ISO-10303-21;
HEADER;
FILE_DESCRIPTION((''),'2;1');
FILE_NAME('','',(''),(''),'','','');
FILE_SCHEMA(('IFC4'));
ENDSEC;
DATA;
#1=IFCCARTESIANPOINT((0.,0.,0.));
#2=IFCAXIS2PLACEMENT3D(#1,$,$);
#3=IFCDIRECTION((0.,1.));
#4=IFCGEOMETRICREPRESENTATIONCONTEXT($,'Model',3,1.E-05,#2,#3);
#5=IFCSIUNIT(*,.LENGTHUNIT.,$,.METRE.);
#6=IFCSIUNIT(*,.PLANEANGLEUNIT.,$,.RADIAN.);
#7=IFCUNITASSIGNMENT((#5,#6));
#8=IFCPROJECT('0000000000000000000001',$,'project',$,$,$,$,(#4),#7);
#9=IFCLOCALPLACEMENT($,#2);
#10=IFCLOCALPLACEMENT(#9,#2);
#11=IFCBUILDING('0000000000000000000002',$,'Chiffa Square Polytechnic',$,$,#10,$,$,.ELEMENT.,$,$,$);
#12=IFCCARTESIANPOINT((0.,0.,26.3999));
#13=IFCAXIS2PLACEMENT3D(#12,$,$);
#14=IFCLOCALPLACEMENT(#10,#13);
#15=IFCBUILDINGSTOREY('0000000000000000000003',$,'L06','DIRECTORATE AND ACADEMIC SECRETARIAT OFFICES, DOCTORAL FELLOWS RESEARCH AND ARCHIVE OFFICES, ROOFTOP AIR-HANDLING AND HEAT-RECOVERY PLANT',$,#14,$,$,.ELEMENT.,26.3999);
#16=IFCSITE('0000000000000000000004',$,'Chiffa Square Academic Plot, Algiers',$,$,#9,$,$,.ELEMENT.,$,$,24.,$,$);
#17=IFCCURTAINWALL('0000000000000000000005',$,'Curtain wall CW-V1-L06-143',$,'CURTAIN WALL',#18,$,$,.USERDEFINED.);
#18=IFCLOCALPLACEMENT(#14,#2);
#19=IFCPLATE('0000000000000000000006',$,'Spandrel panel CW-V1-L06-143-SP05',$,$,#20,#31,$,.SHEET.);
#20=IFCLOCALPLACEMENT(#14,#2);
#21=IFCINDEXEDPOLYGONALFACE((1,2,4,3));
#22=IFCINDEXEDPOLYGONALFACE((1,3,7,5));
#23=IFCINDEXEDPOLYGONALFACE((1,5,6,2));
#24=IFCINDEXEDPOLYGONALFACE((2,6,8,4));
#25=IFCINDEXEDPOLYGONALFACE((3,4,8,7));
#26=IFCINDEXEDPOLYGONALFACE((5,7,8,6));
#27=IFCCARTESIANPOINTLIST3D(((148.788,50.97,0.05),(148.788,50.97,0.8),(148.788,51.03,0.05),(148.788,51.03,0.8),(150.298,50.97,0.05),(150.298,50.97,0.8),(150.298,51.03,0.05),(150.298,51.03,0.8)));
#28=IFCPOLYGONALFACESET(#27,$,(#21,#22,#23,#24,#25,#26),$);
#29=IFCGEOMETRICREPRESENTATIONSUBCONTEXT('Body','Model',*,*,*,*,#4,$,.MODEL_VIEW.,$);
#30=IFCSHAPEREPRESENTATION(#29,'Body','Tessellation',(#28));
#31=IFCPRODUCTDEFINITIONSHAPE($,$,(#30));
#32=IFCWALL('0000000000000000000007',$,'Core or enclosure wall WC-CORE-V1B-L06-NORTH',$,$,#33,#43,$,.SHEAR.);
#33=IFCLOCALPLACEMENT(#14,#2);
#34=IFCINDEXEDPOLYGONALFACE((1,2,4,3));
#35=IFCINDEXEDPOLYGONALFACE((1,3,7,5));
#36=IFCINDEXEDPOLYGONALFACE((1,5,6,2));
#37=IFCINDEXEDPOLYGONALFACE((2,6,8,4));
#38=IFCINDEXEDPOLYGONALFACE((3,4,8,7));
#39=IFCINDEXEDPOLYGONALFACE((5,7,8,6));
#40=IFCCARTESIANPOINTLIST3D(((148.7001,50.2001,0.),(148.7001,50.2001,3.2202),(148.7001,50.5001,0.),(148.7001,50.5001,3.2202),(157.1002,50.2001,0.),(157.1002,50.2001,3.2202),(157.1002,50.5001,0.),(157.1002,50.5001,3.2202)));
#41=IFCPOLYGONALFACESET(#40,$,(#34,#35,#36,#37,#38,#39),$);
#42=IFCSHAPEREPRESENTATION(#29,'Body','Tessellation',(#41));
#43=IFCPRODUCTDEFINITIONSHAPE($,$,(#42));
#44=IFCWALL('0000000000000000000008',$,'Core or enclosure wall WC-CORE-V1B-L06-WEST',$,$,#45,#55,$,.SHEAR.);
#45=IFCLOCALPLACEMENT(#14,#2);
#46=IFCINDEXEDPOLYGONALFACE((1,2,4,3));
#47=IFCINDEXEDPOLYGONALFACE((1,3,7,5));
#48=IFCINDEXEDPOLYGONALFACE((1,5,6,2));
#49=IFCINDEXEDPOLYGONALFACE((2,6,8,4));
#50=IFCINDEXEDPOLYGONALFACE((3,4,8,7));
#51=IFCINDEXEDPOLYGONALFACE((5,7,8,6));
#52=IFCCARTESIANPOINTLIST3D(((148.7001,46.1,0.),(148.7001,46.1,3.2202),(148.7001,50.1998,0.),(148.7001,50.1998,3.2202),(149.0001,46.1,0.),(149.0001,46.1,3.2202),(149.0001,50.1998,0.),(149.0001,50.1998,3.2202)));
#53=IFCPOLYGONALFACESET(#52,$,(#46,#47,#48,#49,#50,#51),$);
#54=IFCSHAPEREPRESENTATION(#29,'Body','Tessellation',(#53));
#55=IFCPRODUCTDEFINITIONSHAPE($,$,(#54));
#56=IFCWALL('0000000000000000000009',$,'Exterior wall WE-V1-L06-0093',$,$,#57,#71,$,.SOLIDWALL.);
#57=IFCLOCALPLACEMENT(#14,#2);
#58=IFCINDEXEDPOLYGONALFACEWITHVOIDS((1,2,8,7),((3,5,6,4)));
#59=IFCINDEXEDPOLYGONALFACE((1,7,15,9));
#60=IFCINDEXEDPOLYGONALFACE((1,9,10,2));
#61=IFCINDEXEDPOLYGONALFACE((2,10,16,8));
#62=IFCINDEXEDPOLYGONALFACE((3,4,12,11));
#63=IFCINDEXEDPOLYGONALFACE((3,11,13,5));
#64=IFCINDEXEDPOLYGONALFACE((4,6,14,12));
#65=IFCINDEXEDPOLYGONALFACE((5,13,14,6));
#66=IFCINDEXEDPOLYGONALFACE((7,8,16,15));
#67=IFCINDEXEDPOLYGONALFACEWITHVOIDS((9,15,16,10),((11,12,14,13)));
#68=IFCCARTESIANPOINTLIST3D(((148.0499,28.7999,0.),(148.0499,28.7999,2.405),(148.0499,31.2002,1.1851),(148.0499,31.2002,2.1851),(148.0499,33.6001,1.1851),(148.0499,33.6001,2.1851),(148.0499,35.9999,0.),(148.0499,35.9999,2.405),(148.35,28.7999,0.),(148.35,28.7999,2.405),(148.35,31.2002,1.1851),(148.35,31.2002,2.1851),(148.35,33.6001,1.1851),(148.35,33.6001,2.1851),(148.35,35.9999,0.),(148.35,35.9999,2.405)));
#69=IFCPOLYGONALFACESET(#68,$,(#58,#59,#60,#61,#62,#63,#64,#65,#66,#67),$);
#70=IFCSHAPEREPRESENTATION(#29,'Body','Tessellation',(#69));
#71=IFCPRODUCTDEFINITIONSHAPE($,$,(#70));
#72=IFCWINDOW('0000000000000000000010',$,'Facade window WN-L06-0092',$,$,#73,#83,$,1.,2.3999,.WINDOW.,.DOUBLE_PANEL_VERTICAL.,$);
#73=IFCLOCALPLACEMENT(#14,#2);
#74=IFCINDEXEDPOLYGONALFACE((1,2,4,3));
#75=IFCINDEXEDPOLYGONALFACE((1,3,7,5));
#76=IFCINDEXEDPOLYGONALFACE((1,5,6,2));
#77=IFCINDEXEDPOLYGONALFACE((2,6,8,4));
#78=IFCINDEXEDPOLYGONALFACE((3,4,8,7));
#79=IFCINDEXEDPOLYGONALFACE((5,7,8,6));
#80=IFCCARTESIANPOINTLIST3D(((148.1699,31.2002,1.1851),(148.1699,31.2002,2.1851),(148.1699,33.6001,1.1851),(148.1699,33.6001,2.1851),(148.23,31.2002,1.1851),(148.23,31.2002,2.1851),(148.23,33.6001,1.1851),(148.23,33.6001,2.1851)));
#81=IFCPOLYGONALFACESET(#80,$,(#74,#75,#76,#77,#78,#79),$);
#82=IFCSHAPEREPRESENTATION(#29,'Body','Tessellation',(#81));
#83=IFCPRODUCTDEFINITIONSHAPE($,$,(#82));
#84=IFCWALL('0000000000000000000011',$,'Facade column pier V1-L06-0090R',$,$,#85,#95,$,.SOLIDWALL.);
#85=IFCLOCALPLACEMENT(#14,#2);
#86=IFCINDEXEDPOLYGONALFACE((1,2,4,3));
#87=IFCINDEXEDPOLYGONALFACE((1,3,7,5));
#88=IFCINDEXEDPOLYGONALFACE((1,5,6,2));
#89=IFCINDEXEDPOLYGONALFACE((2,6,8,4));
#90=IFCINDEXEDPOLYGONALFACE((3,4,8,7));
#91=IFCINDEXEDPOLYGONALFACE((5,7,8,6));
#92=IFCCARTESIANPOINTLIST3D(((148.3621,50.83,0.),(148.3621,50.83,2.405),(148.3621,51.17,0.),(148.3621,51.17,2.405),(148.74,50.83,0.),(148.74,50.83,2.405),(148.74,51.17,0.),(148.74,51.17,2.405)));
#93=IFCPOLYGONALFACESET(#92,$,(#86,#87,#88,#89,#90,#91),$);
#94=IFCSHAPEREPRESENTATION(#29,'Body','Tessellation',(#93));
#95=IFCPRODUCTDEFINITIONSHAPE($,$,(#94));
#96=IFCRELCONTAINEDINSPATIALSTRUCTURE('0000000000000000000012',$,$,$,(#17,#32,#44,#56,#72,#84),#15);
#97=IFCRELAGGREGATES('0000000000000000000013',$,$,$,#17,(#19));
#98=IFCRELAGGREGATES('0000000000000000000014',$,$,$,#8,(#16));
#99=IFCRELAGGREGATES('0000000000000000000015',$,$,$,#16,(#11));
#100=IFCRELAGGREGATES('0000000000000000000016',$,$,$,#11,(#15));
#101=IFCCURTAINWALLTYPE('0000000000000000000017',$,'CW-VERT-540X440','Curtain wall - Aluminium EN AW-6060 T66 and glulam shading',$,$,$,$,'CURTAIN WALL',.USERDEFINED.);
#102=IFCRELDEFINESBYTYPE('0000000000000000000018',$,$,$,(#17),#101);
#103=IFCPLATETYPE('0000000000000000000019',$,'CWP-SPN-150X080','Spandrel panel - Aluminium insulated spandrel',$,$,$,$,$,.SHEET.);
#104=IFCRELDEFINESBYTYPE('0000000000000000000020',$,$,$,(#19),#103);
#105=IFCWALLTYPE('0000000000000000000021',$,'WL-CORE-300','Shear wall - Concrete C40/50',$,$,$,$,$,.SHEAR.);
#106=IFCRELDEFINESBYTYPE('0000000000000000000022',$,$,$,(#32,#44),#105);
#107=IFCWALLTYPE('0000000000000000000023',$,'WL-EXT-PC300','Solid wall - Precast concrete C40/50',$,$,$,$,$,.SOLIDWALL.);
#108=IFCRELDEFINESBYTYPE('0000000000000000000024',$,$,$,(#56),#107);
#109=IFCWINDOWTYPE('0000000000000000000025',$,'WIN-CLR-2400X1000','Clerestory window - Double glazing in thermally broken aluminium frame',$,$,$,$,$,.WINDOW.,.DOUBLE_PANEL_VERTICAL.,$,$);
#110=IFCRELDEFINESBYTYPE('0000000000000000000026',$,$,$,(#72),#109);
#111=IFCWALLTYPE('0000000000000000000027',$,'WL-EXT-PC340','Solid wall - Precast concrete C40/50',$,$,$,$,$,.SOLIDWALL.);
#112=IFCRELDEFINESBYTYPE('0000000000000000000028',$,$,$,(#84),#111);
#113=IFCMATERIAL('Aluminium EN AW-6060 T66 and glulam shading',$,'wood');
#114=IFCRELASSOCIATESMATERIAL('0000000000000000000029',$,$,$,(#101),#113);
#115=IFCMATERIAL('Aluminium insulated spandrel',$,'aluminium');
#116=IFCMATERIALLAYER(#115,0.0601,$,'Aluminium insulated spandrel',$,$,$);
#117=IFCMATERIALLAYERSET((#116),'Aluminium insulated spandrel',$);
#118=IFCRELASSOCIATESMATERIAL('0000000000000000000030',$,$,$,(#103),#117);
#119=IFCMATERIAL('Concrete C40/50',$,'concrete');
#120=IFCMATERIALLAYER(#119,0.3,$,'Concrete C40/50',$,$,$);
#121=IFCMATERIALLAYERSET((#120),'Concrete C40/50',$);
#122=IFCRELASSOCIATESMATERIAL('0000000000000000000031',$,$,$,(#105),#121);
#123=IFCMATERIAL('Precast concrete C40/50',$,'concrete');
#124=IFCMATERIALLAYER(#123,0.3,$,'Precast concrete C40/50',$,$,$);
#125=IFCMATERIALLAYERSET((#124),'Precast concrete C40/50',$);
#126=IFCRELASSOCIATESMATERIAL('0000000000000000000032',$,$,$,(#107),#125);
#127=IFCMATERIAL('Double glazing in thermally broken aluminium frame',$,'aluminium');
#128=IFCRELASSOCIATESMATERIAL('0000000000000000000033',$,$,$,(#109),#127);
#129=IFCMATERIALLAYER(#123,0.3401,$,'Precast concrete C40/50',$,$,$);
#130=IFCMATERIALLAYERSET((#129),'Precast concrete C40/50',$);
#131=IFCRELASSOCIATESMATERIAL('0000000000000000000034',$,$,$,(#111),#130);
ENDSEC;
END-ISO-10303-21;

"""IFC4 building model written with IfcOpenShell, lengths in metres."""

from ifc_helpers import new_model, si_unit, direction, frame, frame_2d, origin, origin_2d, place, context, subcontext, project, spatial, rectangle, extrude, material, layer, layer_set, type_object, element, fill, aggregate, save


model = new_model("IFC4")

# Units and contexts
model_context = context("Model", 3, precision=1e-05, world=origin(), true_north=direction((0.0, 1.0)))
body_context = subcontext(model_context, "Body", "Model", "MODEL_VIEW")
ifc_project = project(units=[si_unit("LENGTHUNIT", "METRE"), si_unit("PLANEANGLEUNIT", "RADIAN")], contexts=[model_context])

# Site, building, storey
site_placement = place(None, origin())
site = spatial("IfcSite", under=ifc_project, at=site_placement, Name="Chiffa Square Academic Plot, Algiers", CompositionType="ELEMENT", RefElevation=24.0)
building_placement = place(site_placement, origin())
building = spatial("IfcBuilding", under=site, at=building_placement, Name="Chiffa Square Polytechnic", CompositionType="ELEMENT")
storey_placement = place(building_placement, frame((0.0, 0.0, 26.3999)))
storey = spatial("IfcBuildingStorey", under=building, at=storey_placement, Name="L06", Description="DIRECTORATE AND ACADEMIC SECRETARIAT OFFICES, DOCTORAL FELLOWS RESEARCH AND ARCHIVE OFFICES, ROOFTOP AIR-HANDLING AND HEAT-RECOVERY PLANT", CompositionType="ELEMENT", Elevation=26.3999)

# Curtain wall
ifc_material_1 = material(Name="Aluminium EN AW-6060 T66 and glulam shading", Category="wood")
curtain_wall_type_1 = type_object("IfcCurtainWallType", Name="CW-VERT-540X440", Description="Curtain wall - Aluminium EN AW-6060 T66 and glulam shading", ElementType="CURTAIN WALL", PredefinedType="USERDEFINED", material=ifc_material_1)
curtain_wall_1_placement = place(storey_placement, origin())
curtain_wall_1 = element("IfcCurtainWall", 1, at=curtain_wall_1_placement, inside=storey, type_object=curtain_wall_type_1, Name="Curtain wall CW-V1-L06-143", ObjectType="CURTAIN WALL", PredefinedType="USERDEFINED")

# Plate
ifc_material_2 = material(Name="Aluminium insulated spandrel", Category="aluminium")
ifc_layer_1 = layer(ifc_material_2, 0.0601, Name="Aluminium insulated spandrel")
ifc_layer_set_1 = layer_set([ifc_layer_1], Name="Aluminium insulated spandrel")
plate_type_1 = type_object("IfcPlateType", Name="CWP-SPN-150X080", Description="Spandrel panel - Aluminium insulated spandrel", PredefinedType="SHEET", material=ifc_layer_set_1)
plate_1_placement = place(storey_placement, frame((149.543, 51.0, 0.05), z_axis=(0.0, 0.0, 1.0), x_axis=(-1.0, 0.0, 0.0)))
plate_1 = element("IfcPlate", 2, at=plate_1_placement, type_object=plate_type_1, Name="Spandrel panel CW-V1-L06-143-SP05", PredefinedType="SHEET", context=body_context, shape_type="SweptSolid", body=[
    extrude(rectangle(XDim=1.51, YDim=0.0601, at=origin_2d()), origin(), (0.0, 0.0, 1.0), 0.75),
])
aggregate(curtain_wall_1, [plate_1])

# Shared definitions
ifc_material_3 = material(Name="Concrete C40/50", Category="concrete")
ifc_layer_2 = layer(ifc_material_3, 0.3, Name="Concrete C40/50")
ifc_layer_set_2 = layer_set([ifc_layer_2], Name="Concrete C40/50")
wall_type_1 = type_object("IfcWallType", Name="WL-CORE-300", Description="Shear wall - Concrete C40/50", PredefinedType="SHEAR", material=ifc_layer_set_2)

# Walls
wall_1_placement = place(storey_placement, frame((148.7, 50.3501, 0.0), z_axis=(0.0, 0.0, 1.0), x_axis=(1.0, 0.0, 0.0)))
element("IfcWall", 3, at=wall_1_placement, inside=storey, type_object=wall_type_1, Name="Core or enclosure wall WC-CORE-V1B-L06-NORTH", PredefinedType="SHEAR", context=body_context, shape_type="SweptSolid", body=[
    extrude(rectangle(XDim=8.4001, YDim=0.3, at=frame_2d((4.2002, 0.0))), origin(), (0.0, 0.0, 1.0), 3.2202),
])
wall_2_placement = place(storey_placement, frame((148.8501, 46.1001, 0.0), z_axis=(0.0, 0.0, 1.0), x_axis=(0.0, 1.0, 0.0)))
element("IfcWall", 4, at=wall_2_placement, inside=storey, type_object=wall_type_1, Name="Core or enclosure wall WC-CORE-V1B-L06-WEST", PredefinedType="SHEAR", context=body_context, shape_type="SweptSolid", body=[
    extrude(rectangle(XDim=4.0999, YDim=0.3, at=frame_2d((2.0498, 0.0))), origin(), (0.0, 0.0, 1.0), 3.2202),
])

# Wall, opening, window
ifc_material_4 = material(Name="Precast concrete C40/50", Category="concrete")
ifc_layer_3 = layer(ifc_material_4, 0.3, Name="Precast concrete C40/50")
ifc_layer_set_3 = layer_set([ifc_layer_3], Name="Precast concrete C40/50")
wall_type_2 = type_object("IfcWallType", Name="WL-EXT-PC300", Description="Solid wall - Precast concrete C40/50", PredefinedType="SOLIDWALL", material=ifc_layer_set_3)
wall_3_placement = place(storey_placement, frame((148.2, 36.0, 0.0), z_axis=(0.0, 0.0, 1.0), x_axis=(0.0, -1.0, 0.0)))
wall_3 = element("IfcWall", 5, at=wall_3_placement, inside=storey, type_object=wall_type_2, Name="Exterior wall WE-V1-L06-0093", PredefinedType="SOLIDWALL", context=body_context, shape_type="SweptSolid", body=[
    extrude(rectangle(XDim=7.2, YDim=0.3, at=frame_2d((3.6001, 0.0))), origin(), (0.0, 0.0, 1.0), 2.405),
])
opening_1_placement = place(wall_3_placement, frame((2.3999, 0.0, 1.1851)))
opening_1 = element("IfcOpeningElement", 6, at=opening_1_placement, cuts=wall_3, PredefinedType="OPENING", context=body_context, shape_type="SweptSolid", body=[
    extrude(rectangle(XDim=2.3999, YDim=1.0, at=frame_2d((1.2, 0.5))), frame((0.0, 0.1602, 0.0), z_axis=(0.0, -1.0, 0.0), x_axis=(1.0, 0.0, 0.0)), (0.0, 0.0, 1.0), 0.3201),
])
ifc_material_5 = material(Name="Double glazing in thermally broken aluminium frame", Category="aluminium")
window_type = type_object("IfcWindowType", Name="WIN-CLR-2400X1000", Description="Clerestory window - Double glazing in thermally broken aluminium frame", PartitioningType="DOUBLE_PANEL_VERTICAL", PredefinedType="WINDOW", material=ifc_material_5)
window_placement = place(opening_1_placement, origin())
window = element("IfcWindow", 7, at=window_placement, inside=storey, type_object=window_type, Name="Facade window WN-L06-0092", OverallHeight=1.0, OverallWidth=2.3999, PartitioningType="DOUBLE_PANEL_VERTICAL", PredefinedType="WINDOW", context=body_context, shape_type="SweptSolid", body=[
    extrude(rectangle(XDim=2.3999, YDim=1.0, at=frame_2d((1.2, 0.5))), frame((0.0, 0.03, 0.0), z_axis=(0.0, -1.0, 0.0), x_axis=(1.0, 0.0, 0.0)), (0.0, 0.0, 1.0), 0.0601),
])
fill(opening_1, window)

# Wall
ifc_layer_4 = layer(ifc_material_4, 0.3401, Name="Precast concrete C40/50")
ifc_layer_set_4 = layer_set([ifc_layer_4], Name="Precast concrete C40/50")
wall_type_3 = type_object("IfcWallType", Name="WL-EXT-PC340", Description="Solid wall - Precast concrete C40/50", PredefinedType="SOLIDWALL", material=ifc_layer_set_4)
wall_4_placement = place(storey_placement, frame((148.74, 51.0, 0.0), z_axis=(0.0, 0.0, 1.0), x_axis=(-1.0, 0.0, 0.0)))
element("IfcWall", 8, at=wall_4_placement, inside=storey, type_object=wall_type_3, Name="Facade column pier V1-L06-0090R", PredefinedType="SOLIDWALL", context=body_context, shape_type="SweptSolid", body=[
    extrude(rectangle(XDim=0.3779, YDim=0.3401, at=frame_2d((0.189, 0.0))), origin(), (0.0, 0.0, 1.0), 2.405),
])

save(model, "model.ifc")
